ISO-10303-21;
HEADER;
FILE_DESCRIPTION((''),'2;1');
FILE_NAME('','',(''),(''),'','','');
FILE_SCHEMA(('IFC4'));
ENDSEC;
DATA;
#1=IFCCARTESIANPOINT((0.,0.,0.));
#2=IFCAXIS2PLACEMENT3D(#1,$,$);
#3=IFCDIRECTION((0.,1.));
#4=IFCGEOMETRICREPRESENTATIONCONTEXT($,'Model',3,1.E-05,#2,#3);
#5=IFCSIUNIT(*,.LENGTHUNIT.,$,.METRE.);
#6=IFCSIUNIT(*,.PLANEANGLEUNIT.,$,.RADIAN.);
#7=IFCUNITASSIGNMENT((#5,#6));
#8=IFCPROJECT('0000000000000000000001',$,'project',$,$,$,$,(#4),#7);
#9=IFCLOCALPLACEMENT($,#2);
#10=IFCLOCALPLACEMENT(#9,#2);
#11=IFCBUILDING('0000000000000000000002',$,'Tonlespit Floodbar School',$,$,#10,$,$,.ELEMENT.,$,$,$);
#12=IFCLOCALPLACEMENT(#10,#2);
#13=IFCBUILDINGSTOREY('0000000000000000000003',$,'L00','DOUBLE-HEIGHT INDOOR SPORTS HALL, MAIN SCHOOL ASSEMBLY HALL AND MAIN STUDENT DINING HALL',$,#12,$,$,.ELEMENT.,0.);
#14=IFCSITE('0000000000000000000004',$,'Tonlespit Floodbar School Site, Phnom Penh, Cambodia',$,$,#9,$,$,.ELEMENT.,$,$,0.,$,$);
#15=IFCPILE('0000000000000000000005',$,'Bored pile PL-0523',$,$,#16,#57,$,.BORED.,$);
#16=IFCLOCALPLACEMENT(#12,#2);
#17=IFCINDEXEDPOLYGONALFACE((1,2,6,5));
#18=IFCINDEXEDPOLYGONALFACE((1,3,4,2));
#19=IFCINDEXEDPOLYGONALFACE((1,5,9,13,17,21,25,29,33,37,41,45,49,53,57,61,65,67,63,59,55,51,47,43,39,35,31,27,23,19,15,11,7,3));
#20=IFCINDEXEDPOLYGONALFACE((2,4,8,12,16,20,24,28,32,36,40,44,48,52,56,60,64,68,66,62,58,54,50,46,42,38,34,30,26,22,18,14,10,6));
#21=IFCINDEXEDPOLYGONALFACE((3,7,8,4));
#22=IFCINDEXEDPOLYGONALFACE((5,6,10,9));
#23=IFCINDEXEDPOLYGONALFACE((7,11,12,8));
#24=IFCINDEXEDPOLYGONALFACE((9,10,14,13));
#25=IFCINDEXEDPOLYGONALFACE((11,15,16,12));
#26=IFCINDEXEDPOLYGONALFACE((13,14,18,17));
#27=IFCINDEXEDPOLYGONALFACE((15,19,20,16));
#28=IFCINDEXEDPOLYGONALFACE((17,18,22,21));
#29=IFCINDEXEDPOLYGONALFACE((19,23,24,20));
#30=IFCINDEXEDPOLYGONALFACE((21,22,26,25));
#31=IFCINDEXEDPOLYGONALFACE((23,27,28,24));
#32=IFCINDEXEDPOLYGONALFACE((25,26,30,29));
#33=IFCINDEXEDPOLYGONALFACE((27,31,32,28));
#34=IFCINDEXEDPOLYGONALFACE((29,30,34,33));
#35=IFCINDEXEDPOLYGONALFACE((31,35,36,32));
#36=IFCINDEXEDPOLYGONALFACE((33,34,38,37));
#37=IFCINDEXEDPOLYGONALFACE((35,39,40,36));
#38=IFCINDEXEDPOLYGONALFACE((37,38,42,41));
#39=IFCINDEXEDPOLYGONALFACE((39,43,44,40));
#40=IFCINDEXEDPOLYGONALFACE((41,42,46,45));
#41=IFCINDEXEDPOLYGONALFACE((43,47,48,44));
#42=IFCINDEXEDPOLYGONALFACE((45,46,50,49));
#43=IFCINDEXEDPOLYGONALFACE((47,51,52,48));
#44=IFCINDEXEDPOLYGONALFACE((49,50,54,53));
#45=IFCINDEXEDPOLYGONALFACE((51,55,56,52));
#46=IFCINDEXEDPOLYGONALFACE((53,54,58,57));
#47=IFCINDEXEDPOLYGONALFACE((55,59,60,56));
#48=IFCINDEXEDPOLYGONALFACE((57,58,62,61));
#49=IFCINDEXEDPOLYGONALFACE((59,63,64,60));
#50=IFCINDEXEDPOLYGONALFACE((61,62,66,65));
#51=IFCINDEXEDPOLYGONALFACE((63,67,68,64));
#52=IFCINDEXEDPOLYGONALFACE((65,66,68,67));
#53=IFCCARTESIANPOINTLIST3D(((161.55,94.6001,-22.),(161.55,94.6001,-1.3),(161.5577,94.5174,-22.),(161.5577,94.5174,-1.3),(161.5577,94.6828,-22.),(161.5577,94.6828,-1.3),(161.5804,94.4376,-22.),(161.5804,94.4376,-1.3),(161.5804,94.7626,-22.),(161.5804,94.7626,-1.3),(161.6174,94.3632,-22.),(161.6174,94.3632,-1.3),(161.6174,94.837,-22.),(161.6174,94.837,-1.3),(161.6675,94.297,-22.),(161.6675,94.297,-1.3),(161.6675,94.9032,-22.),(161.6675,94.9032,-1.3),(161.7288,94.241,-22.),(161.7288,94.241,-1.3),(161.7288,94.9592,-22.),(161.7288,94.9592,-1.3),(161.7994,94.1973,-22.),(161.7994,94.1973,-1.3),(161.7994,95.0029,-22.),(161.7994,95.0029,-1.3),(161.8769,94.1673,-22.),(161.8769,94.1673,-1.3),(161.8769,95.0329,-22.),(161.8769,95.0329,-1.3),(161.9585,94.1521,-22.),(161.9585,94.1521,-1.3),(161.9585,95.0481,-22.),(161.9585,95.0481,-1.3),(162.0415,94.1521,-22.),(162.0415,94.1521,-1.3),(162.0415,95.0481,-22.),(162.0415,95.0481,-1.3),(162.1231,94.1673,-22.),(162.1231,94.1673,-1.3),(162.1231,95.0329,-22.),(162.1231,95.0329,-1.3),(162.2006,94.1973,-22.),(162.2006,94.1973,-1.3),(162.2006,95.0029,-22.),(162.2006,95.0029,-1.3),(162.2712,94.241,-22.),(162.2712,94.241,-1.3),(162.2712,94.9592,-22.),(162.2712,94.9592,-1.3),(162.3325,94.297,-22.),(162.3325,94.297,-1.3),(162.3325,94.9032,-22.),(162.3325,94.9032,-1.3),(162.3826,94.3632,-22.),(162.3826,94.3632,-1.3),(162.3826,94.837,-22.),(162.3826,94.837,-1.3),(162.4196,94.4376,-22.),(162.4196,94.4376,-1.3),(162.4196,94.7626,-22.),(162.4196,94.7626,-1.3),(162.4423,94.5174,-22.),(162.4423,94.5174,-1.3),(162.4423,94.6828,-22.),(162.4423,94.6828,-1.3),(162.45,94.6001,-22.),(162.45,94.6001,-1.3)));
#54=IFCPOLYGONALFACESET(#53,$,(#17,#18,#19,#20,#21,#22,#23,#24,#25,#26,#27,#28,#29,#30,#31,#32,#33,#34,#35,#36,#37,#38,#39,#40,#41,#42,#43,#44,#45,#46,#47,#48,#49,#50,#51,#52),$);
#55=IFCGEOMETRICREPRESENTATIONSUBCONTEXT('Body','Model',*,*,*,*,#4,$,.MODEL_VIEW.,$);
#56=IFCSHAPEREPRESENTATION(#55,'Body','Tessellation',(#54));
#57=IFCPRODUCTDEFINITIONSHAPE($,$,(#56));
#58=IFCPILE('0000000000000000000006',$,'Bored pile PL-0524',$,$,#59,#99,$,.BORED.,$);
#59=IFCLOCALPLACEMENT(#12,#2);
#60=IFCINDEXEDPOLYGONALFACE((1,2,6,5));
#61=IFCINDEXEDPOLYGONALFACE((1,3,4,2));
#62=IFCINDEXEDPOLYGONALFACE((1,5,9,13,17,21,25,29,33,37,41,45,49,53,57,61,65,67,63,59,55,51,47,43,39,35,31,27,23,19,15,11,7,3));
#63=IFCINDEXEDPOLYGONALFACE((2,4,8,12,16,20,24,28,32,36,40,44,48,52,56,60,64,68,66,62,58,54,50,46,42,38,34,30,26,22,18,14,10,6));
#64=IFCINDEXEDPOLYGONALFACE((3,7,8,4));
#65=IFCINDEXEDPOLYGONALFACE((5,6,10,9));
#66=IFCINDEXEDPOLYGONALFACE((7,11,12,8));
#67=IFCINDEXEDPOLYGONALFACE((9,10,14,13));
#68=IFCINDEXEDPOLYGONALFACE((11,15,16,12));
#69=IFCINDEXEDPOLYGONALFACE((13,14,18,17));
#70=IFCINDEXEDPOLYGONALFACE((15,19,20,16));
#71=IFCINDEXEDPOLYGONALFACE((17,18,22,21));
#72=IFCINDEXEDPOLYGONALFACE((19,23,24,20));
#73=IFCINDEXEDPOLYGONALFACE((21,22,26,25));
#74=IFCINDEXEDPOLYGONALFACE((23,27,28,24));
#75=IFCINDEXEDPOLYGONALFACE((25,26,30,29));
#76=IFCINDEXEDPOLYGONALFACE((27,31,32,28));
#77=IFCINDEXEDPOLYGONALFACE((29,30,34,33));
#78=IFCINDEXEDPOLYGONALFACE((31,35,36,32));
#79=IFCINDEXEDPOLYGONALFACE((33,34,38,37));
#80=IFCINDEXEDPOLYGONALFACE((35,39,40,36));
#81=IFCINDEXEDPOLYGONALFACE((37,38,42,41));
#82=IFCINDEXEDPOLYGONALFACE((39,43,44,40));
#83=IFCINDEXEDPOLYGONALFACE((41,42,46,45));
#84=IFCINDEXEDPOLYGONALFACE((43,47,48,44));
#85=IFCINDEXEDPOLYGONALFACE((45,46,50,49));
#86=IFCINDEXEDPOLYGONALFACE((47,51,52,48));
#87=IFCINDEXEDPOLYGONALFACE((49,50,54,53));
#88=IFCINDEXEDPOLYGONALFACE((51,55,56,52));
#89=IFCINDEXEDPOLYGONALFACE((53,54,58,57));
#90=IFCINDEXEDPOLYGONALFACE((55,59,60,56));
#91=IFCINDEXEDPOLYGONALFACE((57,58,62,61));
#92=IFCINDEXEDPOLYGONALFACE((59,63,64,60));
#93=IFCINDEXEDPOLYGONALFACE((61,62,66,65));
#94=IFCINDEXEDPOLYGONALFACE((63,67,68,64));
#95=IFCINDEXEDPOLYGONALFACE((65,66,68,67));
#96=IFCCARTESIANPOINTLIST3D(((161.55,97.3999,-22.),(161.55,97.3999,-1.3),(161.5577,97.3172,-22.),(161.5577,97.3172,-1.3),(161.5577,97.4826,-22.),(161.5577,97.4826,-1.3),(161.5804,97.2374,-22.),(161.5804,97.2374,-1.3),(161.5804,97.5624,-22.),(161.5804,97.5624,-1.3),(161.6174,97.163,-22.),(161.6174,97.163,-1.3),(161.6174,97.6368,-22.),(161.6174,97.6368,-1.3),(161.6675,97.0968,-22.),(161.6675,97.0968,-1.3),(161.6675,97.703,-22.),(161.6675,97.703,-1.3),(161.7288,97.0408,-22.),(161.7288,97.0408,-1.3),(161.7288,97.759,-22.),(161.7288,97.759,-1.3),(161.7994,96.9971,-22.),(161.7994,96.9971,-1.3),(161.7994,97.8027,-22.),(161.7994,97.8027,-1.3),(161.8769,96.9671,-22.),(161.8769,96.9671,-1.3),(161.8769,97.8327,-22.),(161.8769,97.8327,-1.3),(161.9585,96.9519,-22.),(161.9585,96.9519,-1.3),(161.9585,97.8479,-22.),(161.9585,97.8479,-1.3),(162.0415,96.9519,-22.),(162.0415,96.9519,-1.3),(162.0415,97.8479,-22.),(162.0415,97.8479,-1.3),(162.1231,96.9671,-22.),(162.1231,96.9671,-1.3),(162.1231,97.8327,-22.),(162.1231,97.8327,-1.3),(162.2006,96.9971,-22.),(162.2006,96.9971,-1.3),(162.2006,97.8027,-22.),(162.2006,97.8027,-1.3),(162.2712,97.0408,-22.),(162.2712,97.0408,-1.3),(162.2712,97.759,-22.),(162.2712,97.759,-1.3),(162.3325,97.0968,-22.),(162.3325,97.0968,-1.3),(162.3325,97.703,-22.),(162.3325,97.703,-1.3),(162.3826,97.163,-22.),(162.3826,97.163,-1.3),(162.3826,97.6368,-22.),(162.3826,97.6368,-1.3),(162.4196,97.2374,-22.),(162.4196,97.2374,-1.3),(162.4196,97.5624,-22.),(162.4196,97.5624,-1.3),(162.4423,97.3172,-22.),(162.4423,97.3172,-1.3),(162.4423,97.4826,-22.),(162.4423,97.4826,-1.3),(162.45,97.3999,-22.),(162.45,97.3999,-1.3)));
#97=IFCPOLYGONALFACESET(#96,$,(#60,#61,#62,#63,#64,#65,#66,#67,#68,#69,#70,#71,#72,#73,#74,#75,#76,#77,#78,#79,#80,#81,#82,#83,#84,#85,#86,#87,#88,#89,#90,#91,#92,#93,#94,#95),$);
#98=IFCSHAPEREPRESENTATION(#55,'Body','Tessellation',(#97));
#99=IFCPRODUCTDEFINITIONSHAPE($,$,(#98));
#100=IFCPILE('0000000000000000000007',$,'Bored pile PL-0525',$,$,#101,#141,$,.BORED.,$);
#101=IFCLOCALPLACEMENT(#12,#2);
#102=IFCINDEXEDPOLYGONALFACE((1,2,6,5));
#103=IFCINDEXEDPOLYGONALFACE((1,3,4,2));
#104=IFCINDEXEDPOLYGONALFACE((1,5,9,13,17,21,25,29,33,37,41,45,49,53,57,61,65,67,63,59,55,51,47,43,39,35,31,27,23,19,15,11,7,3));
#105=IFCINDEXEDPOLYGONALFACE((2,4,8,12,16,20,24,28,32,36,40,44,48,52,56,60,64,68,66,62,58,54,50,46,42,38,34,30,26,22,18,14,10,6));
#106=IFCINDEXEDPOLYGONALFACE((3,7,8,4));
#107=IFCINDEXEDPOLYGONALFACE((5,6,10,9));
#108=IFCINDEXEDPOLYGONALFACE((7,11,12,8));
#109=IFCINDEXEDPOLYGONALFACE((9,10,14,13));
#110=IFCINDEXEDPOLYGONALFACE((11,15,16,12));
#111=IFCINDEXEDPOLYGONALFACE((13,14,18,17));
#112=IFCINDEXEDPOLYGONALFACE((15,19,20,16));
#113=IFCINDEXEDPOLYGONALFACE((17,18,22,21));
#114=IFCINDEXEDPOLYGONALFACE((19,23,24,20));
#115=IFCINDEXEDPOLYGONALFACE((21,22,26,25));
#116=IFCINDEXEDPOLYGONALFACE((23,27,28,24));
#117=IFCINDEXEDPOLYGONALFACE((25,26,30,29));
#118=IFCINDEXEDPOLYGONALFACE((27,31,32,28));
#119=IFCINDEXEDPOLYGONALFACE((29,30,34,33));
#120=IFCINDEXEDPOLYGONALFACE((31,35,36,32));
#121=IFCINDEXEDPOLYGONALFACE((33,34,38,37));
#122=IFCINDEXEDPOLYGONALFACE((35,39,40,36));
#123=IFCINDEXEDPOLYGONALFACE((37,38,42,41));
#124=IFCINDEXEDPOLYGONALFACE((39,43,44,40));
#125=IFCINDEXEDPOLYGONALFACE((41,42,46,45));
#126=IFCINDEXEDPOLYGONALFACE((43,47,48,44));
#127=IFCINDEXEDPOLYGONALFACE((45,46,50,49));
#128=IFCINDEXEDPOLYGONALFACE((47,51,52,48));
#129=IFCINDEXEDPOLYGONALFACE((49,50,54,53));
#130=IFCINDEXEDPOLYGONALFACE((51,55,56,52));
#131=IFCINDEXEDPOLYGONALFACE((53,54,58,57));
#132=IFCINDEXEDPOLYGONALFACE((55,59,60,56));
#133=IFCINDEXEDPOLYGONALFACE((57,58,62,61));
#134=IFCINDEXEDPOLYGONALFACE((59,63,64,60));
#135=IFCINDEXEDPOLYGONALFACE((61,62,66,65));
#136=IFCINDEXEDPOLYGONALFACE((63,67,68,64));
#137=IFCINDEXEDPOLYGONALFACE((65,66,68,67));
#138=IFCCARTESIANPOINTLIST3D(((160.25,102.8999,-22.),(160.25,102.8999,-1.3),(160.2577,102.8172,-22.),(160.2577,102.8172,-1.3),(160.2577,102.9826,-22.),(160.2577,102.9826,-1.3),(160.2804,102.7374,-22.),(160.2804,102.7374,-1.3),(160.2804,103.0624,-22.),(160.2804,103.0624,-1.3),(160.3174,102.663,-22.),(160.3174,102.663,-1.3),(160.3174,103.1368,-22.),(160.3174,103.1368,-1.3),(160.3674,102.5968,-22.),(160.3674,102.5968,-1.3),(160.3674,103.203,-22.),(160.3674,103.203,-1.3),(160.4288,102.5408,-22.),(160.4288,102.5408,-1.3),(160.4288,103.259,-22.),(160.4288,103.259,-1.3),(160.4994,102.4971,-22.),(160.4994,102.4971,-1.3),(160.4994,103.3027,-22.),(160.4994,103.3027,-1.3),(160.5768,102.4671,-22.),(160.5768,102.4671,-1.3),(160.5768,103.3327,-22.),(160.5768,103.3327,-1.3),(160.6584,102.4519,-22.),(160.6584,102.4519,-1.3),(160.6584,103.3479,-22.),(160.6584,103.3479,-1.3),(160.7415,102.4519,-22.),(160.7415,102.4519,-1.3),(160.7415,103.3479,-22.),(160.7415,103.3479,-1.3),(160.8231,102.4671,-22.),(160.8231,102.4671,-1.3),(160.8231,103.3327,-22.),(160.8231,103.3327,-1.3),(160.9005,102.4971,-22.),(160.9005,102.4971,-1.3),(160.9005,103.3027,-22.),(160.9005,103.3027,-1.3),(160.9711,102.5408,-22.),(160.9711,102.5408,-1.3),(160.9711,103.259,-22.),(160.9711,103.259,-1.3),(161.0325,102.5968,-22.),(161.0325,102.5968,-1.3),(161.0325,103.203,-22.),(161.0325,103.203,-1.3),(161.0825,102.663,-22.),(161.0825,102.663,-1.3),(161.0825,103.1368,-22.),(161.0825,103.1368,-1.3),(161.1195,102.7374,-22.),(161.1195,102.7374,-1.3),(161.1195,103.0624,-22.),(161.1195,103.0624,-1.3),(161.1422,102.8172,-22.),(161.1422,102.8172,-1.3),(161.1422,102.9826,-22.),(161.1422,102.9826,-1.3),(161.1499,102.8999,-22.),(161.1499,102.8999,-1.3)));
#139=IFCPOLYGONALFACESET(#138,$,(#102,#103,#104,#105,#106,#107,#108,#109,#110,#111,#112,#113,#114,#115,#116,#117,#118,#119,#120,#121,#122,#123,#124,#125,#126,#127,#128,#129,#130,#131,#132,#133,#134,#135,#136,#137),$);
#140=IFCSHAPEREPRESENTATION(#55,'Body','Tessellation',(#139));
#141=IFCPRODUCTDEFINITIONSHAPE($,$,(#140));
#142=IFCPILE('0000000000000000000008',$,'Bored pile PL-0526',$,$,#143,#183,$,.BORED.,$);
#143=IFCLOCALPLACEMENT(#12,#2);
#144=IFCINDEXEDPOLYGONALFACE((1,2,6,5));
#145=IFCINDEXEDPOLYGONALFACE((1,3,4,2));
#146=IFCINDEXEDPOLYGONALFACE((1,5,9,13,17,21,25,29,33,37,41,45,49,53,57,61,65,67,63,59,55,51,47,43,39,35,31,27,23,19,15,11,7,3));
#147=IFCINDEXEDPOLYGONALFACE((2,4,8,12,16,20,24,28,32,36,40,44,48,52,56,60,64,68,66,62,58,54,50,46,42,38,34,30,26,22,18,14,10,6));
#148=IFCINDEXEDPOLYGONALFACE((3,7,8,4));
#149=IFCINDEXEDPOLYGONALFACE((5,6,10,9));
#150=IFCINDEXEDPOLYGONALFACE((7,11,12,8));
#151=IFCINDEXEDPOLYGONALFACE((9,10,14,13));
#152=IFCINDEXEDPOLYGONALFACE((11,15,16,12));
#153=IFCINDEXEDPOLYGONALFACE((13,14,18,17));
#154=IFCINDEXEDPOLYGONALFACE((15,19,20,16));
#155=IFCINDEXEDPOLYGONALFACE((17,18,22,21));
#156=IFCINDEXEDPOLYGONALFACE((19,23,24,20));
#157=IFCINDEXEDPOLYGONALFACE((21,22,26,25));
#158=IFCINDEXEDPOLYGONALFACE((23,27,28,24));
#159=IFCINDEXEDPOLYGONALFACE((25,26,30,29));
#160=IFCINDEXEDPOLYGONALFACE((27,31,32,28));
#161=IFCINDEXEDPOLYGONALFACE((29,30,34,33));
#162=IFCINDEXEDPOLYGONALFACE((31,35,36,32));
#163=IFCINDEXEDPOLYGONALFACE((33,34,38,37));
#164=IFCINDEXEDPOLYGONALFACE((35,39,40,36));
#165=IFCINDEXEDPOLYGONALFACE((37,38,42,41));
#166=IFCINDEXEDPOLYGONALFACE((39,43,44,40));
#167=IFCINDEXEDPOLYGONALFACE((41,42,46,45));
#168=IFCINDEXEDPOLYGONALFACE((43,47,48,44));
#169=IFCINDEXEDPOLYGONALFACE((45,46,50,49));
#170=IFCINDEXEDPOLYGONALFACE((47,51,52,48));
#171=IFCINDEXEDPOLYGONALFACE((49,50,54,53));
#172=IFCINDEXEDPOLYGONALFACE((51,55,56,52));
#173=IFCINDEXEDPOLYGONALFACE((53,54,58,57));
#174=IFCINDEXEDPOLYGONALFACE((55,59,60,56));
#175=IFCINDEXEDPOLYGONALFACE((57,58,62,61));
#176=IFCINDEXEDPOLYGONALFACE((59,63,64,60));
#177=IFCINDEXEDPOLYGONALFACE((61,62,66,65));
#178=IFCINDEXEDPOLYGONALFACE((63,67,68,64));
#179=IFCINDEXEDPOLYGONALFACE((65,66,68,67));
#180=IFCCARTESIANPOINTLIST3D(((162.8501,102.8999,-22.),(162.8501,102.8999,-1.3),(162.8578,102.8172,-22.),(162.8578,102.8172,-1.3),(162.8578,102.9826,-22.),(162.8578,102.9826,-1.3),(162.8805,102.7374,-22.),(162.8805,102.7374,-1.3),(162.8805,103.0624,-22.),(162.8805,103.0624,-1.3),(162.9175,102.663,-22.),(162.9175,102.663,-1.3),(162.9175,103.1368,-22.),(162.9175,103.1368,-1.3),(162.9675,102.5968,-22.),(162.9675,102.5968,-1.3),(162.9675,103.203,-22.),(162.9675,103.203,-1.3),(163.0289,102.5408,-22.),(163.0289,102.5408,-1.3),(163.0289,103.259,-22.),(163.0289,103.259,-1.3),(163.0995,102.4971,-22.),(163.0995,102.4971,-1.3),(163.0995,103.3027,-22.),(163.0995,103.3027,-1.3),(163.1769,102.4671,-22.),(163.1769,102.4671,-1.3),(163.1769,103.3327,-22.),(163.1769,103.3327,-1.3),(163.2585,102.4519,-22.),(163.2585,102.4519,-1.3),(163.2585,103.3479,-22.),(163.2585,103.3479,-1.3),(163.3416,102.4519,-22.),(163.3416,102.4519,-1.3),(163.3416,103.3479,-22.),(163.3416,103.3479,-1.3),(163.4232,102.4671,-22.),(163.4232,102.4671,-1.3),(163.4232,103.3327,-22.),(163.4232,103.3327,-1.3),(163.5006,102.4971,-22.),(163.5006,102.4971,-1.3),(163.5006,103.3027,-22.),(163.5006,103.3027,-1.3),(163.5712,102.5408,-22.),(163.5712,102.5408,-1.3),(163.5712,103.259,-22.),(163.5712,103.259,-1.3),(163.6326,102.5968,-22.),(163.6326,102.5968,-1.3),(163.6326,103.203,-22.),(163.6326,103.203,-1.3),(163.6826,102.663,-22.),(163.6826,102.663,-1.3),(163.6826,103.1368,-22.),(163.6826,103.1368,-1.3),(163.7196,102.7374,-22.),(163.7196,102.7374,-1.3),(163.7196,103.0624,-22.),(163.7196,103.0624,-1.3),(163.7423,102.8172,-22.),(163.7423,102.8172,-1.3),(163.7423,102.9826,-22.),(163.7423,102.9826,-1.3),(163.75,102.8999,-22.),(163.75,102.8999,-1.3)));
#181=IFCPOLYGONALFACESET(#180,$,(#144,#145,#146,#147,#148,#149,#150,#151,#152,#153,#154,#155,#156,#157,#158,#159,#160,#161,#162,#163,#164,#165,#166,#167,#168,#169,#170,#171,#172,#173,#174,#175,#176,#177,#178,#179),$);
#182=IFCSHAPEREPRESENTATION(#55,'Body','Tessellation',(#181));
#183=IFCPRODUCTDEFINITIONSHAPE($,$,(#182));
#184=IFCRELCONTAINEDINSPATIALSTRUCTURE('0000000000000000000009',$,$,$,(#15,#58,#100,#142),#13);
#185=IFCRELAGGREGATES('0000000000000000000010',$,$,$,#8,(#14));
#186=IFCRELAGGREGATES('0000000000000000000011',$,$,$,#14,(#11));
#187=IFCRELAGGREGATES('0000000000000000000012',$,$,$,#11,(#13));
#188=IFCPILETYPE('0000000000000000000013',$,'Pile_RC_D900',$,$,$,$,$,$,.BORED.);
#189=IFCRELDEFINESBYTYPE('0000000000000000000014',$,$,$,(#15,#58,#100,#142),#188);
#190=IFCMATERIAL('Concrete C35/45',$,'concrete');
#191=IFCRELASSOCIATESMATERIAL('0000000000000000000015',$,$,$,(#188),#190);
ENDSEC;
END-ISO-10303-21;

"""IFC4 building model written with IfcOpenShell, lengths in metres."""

from ifc_helpers import new_model, si_unit, direction, frame, origin, origin_2d, place, context, subcontext, project, spatial, circle, extrude, material, material_profile, profile_set, type_object, element, save


model = new_model("IFC4")

# Units and contexts
model_context = context("Model", 3, precision=1e-05, world=origin(), true_north=direction((0.0, 1.0)))
body_context = subcontext(model_context, "Body", "Model", "MODEL_VIEW")
ifc_project = project(units=[si_unit("LENGTHUNIT", "METRE"), si_unit("PLANEANGLEUNIT", "RADIAN")], contexts=[model_context])

# Site, building, storey
site_placement = place(None, origin())
site = spatial("IfcSite", under=ifc_project, at=site_placement, Name="Tonlespit Floodbar School Site, Phnom Penh, Cambodia", CompositionType="ELEMENT", RefElevation=0.0)
building_placement = place(site_placement, origin())
building = spatial("IfcBuilding", under=site, at=building_placement, Name="Tonlespit Floodbar School", CompositionType="ELEMENT")
storey_placement = place(building_placement, origin())
storey = spatial("IfcBuildingStorey", under=building, at=storey_placement, Name="L00", Description="DOUBLE-HEIGHT INDOOR SPORTS HALL, MAIN SCHOOL ASSEMBLY HALL AND MAIN STUDENT DINING HALL", CompositionType="ELEMENT", Elevation=0.0)

# Piles
ifc_material_1 = material(Name="Concrete C35/45", Category="concrete")
ifc_material_profile_1 = material_profile(ifc_material_1, circle(Radius=0.45, at=origin_2d()), Name="BP D900")
ifc_profile_set_1 = profile_set([ifc_material_profile_1], Name="Concrete C35/45")
pile_type = type_object("IfcPileType", Name="Pile_RC_D900", PredefinedType="BORED", material=ifc_profile_set_1)
for number, where, z_axis, x_axis, name in (
    (1, (162.0, 94.6001, -1.3), (0.0, 0.0, -1.0), (1.0, 0.0, 0.0), "Bored pile PL-0523"),
    (2, (162.0, 97.3999, -1.3), (0.0, 0.0, -1.0), (1.0, 0.0, 0.0), "Bored pile PL-0524"),
    (3, (160.7, 102.8999, -1.3), (0.0, 0.0, -1.0), (1.0, 0.0, 0.0), "Bored pile PL-0525"),
    (4, (163.3, 102.8999, -1.3), (0.0, 0.0, -1.0), (1.0, 0.0, 0.0), "Bored pile PL-0526"),
):
    element("IfcPile", number, at=place(storey_placement, frame(where, z_axis=z_axis, x_axis=x_axis)), inside=storey, type_object=pile_type, Name=name, PredefinedType="BORED", context=body_context, shape_type="SweptSolid", body=[
        extrude(circle(Radius=0.45, at=origin_2d()), origin(), (0.0, 0.0, 1.0), 20.7),
    ])

save(model, "model.ifc")
